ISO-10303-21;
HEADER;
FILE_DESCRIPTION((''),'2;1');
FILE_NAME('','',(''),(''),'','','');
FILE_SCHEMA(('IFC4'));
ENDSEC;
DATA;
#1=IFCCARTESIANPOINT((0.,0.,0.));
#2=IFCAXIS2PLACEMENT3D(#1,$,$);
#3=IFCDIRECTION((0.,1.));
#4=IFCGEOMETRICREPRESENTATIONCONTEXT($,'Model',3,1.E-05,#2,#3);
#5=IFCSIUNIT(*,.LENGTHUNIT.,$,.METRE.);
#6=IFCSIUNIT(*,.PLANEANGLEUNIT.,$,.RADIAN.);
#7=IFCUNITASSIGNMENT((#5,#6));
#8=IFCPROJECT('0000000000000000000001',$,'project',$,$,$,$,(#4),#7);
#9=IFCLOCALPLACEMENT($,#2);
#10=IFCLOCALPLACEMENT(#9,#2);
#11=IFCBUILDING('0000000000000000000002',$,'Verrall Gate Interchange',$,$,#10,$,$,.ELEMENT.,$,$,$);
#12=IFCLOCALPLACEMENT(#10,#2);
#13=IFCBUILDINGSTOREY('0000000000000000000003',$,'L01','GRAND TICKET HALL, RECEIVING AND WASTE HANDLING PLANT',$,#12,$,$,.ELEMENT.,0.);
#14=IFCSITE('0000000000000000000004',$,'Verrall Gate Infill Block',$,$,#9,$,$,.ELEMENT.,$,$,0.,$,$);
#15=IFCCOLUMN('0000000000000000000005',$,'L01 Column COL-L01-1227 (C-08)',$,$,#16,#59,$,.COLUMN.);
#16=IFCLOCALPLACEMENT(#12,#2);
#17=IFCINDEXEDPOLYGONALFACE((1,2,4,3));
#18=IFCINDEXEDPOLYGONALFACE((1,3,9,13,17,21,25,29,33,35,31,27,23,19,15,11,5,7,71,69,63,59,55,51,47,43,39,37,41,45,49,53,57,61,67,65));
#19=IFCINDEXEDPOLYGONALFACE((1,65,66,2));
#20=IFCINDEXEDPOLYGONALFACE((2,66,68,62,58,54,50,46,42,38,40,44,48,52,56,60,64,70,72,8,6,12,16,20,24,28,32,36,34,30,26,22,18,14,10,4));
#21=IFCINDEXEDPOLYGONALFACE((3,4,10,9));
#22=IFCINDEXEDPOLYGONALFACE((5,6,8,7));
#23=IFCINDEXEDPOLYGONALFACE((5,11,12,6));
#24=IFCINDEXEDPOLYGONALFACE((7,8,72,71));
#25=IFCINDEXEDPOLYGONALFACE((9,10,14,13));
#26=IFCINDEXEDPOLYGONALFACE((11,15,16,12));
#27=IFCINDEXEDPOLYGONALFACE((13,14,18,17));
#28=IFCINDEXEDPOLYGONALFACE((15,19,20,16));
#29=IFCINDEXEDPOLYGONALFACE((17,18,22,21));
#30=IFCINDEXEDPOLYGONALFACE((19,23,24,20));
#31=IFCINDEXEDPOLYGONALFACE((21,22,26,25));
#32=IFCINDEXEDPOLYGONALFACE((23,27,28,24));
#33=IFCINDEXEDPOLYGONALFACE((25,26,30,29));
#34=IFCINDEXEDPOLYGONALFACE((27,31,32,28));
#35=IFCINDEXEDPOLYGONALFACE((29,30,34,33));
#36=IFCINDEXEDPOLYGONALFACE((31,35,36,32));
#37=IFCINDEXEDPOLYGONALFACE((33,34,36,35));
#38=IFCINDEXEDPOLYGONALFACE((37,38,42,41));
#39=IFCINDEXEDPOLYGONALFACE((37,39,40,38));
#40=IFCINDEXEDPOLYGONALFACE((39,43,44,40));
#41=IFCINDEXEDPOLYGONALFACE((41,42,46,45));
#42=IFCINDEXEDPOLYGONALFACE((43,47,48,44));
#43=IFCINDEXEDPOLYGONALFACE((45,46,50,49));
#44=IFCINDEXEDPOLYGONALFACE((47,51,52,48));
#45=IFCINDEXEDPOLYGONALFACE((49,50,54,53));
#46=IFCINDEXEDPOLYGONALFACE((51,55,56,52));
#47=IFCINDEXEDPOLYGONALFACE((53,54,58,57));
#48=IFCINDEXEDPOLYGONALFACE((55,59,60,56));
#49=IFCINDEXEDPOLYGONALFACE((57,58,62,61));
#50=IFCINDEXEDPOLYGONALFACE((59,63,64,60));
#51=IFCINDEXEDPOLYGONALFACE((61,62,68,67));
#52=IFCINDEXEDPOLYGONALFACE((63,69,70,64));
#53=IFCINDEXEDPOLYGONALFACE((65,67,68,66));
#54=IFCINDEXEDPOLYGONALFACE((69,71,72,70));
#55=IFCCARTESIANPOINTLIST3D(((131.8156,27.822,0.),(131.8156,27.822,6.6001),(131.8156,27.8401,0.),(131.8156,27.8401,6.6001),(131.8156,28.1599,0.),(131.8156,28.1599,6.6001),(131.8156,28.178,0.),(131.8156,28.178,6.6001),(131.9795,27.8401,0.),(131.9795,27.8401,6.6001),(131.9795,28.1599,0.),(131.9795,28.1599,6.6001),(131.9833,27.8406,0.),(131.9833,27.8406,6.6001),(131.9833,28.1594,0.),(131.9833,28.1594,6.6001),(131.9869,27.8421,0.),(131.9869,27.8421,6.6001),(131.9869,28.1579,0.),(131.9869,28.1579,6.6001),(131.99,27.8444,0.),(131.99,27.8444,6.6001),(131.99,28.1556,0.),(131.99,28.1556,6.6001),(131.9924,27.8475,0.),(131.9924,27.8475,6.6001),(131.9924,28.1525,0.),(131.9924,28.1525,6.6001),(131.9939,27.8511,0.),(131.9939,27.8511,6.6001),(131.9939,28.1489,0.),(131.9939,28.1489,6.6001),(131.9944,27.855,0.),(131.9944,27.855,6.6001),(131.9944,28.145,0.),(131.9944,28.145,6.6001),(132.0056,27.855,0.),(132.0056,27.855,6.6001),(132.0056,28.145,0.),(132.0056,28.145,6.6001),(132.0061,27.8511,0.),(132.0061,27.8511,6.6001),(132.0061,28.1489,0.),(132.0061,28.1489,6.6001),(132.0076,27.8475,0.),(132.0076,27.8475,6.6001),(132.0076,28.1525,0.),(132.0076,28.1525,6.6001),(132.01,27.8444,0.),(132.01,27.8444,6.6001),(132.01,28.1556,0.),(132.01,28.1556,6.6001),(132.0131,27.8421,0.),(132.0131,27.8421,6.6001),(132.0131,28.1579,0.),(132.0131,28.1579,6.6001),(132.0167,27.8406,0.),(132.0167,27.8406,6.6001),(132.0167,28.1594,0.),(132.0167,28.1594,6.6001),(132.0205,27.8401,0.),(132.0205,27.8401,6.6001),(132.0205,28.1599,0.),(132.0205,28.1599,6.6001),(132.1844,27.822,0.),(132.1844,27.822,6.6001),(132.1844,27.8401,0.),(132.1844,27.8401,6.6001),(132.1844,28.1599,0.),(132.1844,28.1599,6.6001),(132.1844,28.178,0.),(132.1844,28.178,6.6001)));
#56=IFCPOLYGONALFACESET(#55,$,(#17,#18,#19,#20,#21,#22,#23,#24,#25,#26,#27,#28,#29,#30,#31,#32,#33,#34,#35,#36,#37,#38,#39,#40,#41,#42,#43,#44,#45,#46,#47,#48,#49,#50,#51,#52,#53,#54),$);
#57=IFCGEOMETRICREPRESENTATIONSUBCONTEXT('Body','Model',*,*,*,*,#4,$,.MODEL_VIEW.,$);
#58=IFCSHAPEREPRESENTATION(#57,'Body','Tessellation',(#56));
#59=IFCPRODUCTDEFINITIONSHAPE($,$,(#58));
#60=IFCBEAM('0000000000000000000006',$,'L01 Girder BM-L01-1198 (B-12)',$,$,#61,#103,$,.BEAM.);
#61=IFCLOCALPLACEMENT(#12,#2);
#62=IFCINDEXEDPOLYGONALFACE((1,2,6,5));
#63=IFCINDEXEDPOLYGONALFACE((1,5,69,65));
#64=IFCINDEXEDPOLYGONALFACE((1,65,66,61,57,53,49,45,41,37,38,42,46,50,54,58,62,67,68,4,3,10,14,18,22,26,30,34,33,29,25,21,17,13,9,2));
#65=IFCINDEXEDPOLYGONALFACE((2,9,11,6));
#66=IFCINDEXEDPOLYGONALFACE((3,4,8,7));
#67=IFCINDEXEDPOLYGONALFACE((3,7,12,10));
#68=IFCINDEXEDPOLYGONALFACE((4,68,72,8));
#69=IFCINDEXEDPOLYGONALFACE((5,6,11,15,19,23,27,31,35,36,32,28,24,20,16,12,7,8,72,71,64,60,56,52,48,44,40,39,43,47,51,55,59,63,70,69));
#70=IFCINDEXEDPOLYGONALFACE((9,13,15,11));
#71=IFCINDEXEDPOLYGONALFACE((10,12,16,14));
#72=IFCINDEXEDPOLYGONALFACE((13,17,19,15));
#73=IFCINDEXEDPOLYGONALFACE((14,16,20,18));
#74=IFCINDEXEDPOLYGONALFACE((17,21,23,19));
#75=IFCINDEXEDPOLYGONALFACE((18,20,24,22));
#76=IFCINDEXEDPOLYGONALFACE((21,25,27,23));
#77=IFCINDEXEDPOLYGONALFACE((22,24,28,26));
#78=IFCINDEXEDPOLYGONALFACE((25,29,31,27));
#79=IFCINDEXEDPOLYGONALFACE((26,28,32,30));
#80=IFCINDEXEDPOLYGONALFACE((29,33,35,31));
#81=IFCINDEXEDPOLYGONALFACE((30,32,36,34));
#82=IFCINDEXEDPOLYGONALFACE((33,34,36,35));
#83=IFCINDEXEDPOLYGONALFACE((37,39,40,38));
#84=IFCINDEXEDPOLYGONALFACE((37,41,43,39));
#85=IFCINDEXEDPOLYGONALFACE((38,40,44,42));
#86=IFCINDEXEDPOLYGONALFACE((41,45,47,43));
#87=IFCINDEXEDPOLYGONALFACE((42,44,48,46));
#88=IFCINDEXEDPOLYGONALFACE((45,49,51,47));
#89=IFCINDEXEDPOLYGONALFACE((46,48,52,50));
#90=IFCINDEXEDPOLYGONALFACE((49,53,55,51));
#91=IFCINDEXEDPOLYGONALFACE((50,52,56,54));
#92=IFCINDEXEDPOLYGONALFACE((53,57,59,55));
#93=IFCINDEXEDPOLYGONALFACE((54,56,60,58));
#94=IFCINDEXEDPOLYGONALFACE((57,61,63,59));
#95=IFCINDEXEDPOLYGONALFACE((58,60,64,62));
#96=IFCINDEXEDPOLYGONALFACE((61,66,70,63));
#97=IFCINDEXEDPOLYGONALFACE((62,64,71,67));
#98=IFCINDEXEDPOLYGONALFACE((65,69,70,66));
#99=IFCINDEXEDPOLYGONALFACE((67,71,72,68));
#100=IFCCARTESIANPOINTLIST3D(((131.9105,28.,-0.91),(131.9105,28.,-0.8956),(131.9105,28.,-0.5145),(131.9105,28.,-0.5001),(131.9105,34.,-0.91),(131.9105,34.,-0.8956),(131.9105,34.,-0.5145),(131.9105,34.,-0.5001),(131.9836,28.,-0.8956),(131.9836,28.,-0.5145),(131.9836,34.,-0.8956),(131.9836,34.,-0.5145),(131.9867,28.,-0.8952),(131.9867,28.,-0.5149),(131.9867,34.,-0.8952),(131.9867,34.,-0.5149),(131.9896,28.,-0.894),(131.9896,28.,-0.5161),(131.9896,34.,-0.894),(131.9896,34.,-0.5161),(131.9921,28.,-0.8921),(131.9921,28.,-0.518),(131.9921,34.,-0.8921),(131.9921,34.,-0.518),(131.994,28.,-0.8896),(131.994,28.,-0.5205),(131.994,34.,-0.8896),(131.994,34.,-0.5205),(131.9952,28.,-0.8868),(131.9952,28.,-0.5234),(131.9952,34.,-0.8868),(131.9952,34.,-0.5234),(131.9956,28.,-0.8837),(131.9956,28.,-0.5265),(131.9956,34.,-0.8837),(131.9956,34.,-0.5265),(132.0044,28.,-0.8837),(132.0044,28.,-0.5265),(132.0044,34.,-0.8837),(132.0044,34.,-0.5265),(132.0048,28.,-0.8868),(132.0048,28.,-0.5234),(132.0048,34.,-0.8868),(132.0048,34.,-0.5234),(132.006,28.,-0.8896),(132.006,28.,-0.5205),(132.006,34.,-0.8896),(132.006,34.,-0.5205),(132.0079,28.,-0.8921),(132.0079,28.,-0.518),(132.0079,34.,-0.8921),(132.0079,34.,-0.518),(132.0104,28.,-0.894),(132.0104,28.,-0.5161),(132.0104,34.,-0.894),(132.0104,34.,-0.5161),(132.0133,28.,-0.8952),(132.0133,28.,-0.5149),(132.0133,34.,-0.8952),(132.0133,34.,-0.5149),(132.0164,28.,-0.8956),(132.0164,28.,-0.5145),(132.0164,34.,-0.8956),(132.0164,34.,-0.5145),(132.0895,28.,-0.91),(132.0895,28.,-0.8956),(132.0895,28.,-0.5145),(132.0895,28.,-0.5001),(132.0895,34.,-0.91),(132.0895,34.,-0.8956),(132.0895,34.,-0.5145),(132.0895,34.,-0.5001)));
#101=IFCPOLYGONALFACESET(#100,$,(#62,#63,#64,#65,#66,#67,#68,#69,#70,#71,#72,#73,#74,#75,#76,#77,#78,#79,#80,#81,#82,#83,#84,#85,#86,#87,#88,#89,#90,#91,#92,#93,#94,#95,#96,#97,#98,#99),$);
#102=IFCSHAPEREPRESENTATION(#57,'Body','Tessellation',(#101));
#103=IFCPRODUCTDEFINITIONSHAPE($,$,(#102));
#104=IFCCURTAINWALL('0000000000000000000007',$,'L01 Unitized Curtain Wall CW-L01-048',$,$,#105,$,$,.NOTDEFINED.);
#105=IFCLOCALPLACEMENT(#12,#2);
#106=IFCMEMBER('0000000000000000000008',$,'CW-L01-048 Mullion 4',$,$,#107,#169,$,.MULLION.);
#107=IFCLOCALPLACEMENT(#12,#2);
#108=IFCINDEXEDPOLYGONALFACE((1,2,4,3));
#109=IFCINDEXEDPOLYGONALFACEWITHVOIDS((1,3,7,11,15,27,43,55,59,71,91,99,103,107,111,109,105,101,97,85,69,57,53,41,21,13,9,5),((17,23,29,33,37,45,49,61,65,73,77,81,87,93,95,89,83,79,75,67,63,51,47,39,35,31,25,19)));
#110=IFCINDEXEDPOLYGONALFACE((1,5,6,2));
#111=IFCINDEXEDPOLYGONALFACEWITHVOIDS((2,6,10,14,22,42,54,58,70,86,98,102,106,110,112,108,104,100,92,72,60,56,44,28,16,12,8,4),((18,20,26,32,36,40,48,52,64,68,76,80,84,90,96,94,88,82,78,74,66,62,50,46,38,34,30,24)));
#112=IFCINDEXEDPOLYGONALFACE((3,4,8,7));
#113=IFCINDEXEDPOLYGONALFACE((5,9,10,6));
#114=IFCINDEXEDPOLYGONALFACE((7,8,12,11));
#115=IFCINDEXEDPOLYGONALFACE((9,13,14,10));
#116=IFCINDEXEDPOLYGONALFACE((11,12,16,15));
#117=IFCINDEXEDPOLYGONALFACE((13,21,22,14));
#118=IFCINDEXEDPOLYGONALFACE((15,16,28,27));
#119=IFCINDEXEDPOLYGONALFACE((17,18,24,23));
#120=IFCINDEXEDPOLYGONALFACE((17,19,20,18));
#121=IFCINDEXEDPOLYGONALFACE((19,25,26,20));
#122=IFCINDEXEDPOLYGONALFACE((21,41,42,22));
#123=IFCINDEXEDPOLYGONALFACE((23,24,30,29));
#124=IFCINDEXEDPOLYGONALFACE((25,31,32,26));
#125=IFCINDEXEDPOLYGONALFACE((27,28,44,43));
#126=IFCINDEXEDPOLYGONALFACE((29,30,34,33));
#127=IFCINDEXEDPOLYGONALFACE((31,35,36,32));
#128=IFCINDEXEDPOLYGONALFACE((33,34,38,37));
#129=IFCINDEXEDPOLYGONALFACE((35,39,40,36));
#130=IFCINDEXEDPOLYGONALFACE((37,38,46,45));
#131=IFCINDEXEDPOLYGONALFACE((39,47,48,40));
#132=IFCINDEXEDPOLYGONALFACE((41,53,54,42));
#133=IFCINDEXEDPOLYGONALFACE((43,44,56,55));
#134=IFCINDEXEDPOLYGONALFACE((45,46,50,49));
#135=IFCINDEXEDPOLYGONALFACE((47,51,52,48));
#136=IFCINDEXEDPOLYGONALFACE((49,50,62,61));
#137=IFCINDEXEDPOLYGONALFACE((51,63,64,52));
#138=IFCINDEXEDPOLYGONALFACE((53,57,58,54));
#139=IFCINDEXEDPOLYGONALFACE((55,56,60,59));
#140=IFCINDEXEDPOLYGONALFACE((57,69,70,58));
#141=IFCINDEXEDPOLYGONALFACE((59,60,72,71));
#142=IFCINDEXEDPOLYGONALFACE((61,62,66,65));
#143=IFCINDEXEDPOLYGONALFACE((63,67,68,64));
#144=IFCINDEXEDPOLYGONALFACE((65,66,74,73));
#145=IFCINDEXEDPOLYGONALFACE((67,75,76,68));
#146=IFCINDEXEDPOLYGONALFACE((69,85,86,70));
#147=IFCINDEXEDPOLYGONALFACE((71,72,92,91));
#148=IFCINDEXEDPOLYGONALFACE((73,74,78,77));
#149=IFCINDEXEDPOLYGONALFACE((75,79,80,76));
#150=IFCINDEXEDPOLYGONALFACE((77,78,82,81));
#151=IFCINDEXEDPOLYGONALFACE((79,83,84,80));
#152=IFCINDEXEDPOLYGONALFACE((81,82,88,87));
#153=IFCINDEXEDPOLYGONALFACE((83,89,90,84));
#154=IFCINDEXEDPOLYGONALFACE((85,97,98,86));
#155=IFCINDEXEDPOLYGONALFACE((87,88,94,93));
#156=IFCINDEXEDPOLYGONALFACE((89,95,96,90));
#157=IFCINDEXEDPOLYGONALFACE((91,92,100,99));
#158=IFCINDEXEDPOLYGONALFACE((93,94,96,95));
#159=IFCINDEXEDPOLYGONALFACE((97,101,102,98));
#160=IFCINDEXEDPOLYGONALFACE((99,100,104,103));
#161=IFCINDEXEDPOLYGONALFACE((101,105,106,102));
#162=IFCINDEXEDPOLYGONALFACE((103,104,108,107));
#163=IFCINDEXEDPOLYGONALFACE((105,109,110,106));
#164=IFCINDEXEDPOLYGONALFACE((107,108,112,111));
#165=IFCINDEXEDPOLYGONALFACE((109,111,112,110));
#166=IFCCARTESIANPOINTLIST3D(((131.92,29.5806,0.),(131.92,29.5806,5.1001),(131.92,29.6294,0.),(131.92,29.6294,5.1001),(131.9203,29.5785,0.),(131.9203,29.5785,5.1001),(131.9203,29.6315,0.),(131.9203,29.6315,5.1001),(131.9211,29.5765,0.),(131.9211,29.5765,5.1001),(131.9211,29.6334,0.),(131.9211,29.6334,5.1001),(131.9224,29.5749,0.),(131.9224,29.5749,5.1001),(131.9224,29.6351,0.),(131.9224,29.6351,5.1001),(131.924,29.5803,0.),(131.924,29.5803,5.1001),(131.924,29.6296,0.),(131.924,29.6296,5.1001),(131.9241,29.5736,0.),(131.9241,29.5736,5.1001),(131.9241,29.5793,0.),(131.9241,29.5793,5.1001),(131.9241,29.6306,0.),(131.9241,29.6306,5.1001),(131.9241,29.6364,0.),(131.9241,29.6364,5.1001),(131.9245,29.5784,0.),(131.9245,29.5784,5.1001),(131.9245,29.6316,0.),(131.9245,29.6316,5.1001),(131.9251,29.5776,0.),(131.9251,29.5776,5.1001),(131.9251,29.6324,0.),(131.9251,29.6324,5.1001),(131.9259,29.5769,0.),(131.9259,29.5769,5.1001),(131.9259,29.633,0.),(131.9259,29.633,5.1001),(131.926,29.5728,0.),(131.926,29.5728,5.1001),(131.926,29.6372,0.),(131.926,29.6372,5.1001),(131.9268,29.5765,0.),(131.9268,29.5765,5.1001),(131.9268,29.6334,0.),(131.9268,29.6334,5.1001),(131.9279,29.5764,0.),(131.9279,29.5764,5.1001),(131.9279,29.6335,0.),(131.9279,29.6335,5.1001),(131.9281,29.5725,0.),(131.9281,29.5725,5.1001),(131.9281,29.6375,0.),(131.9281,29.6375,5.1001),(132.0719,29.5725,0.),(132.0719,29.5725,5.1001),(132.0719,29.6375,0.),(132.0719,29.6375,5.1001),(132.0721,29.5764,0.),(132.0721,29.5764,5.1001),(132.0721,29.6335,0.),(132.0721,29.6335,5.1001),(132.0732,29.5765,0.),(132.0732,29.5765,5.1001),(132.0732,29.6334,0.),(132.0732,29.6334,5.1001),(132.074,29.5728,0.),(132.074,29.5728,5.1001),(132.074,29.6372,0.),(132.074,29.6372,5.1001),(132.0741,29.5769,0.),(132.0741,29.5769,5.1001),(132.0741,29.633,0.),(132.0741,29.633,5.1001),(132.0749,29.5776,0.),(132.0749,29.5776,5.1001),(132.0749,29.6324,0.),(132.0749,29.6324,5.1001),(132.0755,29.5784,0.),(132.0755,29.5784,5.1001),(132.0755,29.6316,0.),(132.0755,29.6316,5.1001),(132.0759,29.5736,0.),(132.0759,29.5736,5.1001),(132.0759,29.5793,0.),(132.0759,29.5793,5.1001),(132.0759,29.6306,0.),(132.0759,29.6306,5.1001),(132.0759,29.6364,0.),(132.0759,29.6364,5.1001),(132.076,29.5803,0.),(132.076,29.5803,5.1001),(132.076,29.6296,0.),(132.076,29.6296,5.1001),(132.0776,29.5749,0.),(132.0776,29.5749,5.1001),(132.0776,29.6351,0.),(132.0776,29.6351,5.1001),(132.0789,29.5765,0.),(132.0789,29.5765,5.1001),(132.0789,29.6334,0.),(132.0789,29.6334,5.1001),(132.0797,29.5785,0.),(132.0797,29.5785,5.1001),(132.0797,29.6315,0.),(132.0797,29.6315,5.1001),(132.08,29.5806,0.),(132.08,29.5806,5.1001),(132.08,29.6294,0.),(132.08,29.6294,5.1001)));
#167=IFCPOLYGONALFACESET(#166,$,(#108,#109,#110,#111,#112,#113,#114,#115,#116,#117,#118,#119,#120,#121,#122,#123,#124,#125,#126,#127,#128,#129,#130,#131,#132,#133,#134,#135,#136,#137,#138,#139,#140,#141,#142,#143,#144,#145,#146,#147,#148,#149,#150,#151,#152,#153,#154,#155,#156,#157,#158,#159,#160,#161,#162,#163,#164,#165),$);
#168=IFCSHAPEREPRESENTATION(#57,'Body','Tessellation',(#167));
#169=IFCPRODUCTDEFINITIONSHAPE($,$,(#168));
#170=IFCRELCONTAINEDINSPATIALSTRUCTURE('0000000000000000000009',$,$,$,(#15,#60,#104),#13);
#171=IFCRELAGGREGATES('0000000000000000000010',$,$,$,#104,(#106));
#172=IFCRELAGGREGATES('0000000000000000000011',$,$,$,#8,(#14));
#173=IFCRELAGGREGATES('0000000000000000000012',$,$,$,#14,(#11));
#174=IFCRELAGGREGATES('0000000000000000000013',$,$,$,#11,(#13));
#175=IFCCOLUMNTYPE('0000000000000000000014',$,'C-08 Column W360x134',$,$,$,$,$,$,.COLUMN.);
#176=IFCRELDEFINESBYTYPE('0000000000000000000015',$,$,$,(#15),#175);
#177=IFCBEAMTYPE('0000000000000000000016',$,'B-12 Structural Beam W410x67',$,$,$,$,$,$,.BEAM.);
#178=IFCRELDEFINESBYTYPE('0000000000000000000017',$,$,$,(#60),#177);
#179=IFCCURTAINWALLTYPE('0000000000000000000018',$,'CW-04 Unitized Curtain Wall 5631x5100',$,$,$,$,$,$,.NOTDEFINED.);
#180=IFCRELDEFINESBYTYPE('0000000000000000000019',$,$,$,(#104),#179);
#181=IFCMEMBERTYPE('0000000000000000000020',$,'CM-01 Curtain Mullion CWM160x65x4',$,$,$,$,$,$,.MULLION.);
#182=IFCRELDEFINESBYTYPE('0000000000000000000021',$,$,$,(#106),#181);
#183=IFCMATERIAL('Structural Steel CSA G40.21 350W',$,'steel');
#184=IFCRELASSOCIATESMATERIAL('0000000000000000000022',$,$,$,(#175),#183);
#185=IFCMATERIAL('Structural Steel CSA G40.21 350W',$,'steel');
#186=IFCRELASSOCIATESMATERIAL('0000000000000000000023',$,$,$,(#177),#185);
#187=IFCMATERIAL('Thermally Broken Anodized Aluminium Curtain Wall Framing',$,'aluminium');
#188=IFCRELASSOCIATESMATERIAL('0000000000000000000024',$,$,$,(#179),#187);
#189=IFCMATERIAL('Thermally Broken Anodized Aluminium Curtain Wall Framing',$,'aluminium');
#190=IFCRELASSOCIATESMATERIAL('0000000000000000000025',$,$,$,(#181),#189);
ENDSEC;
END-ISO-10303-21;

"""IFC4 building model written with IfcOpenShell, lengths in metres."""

from ifc_helpers import new_model, si_unit, direction, frame, origin, origin_2d, place, context, subcontext, project, spatial, hollow_rectangle, i_section, extrude, material, material_profile, profile_set, type_object, element, aggregate, save


model = new_model("IFC4")

# Units and contexts
model_context = context("Model", 3, precision=1e-05, world=origin(), true_north=direction((0.0, 1.0)))
body_context = subcontext(model_context, "Body", "Model", "MODEL_VIEW")
ifc_project = project(units=[si_unit("LENGTHUNIT", "METRE"), si_unit("PLANEANGLEUNIT", "RADIAN")], contexts=[model_context])

# Site, building, storey
site_placement = place(None, origin())
site = spatial("IfcSite", under=ifc_project, at=site_placement, Name="Verrall Gate Infill Block", CompositionType="ELEMENT", RefElevation=0.0)
building_placement = place(site_placement, origin())
building = spatial("IfcBuilding", under=site, at=building_placement, Name="Verrall Gate Interchange", CompositionType="ELEMENT")
storey_placement = place(building_placement, origin())
storey = spatial("IfcBuildingStorey", under=building, at=storey_placement, Name="L01", Description="GRAND TICKET HALL, RECEIVING AND WASTE HANDLING PLANT", CompositionType="ELEMENT", Elevation=0.0)

# Column
ifc_material_1 = material(Name="Structural Steel CSA G40.21 350W", Category="steel")
ifc_material_profile_1 = material_profile(ifc_material_1, i_section(OverallWidth=0.3689, OverallDepth=0.356, WebThickness=0.0112, FlangeThickness=0.0181, FilletRadius=0.0149, at=origin_2d()), Name="W360x134")
ifc_profile_set_1 = profile_set([ifc_material_profile_1], Name="Structural Steel CSA G40.21 350W")
column_type = type_object("IfcColumnType", Name="C-08 Column W360x134", PredefinedType="COLUMN", material=ifc_profile_set_1)
column_placement = place(storey_placement, frame((132.0, 28.0, 0.0), z_axis=(0.0, 0.0, 1.0), x_axis=(1.0, 0.0, 0.0)))
element("IfcColumn", 1, at=column_placement, inside=storey, type_object=column_type, Name="L01 Column COL-L01-1227 (C-08)", PredefinedType="COLUMN", context=body_context, shape_type="SweptSolid", body=[
    extrude(i_section(OverallWidth=0.3689, OverallDepth=0.356, WebThickness=0.0112, FlangeThickness=0.0181, FilletRadius=0.0149, at=origin_2d()), origin(), (0.0, 0.0, 1.0), 6.6001),
])

# Beam
ifc_material_2 = material(Name="Structural Steel CSA G40.21 350W", Category="steel")
ifc_material_profile_2 = material_profile(ifc_material_2, i_section(OverallWidth=0.179, OverallDepth=0.4099, WebThickness=0.0088, FlangeThickness=0.0144, FilletRadius=0.012, at=origin_2d()), Name="W410x67")
ifc_profile_set_2 = profile_set([ifc_material_profile_2], Name="Structural Steel CSA G40.21 350W")
beam_type_1 = type_object("IfcBeamType", Name="B-12 Structural Beam W410x67", PredefinedType="BEAM", material=ifc_profile_set_2)
beam_1_placement = place(storey_placement, frame((132.0, 28.0, -0.7051), z_axis=(0.0, 1.0, 0.0), x_axis=(-1.0, 0.0, 0.0)))
element("IfcBeam", 2, at=beam_1_placement, inside=storey, type_object=beam_type_1, Name="L01 Girder BM-L01-1198 (B-12)", PredefinedType="BEAM", context=body_context, shape_type="SweptSolid", body=[
    extrude(i_section(OverallWidth=0.179, OverallDepth=0.4099, WebThickness=0.0088, FlangeThickness=0.0144, FilletRadius=0.012, at=origin_2d()), origin(), (0.0, 0.0, 1.0), 6.0),
])

# Curtain wall, member
ifc_material_3 = material(Name="Thermally Broken Anodized Aluminium Curtain Wall Framing", Category="aluminium")
curtain_wall_type = type_object("IfcCurtainWallType", Name="CW-04 Unitized Curtain Wall 5631x5100", PredefinedType="NOTDEFINED", material=ifc_material_3)
curtain_wall_1_placement = place(storey_placement, origin())
curtain_wall_1 = element("IfcCurtainWall", 3, at=curtain_wall_1_placement, inside=storey, type_object=curtain_wall_type, Name="L01 Unitized Curtain Wall CW-L01-048", PredefinedType="NOTDEFINED")
ifc_material_4 = material(Name="Thermally Broken Anodized Aluminium Curtain Wall Framing", Category="aluminium")
ifc_material_profile_3 = material_profile(ifc_material_4, hollow_rectangle(XDim=0.0649, YDim=0.1599, WallThickness=0.0039, InnerFilletRadius=0.0039, OuterFilletRadius=0.0081, at=origin_2d()), Name="CWM160x65x4")
ifc_profile_set_3 = profile_set([ifc_material_profile_3], Name="Thermally Broken Anodized Aluminium Curtain Wall Framing")
member_type_1 = type_object("IfcMemberType", Name="CM-01 Curtain Mullion CWM160x65x4", PredefinedType="MULLION", material=ifc_profile_set_3)
member_1_placement = place(storey_placement, frame((132.0, 29.605, 0.0), z_axis=(0.0, 0.0, 1.0), x_axis=(0.0, -1.0, 0.0)))
member_1 = element("IfcMember", 4, at=member_1_placement, type_object=member_type_1, Name="CW-L01-048 Mullion 4", PredefinedType="MULLION", context=body_context, shape_type="SweptSolid", body=[
    extrude(hollow_rectangle(XDim=0.0649, YDim=0.1599, WallThickness=0.0039, InnerFilletRadius=0.0039, OuterFilletRadius=0.0081, at=origin_2d()), origin(), (0.0, 0.0, 1.0), 5.1001),
])

aggregate(curtain_wall_1, [member_1])

save(model, "model.ifc")
